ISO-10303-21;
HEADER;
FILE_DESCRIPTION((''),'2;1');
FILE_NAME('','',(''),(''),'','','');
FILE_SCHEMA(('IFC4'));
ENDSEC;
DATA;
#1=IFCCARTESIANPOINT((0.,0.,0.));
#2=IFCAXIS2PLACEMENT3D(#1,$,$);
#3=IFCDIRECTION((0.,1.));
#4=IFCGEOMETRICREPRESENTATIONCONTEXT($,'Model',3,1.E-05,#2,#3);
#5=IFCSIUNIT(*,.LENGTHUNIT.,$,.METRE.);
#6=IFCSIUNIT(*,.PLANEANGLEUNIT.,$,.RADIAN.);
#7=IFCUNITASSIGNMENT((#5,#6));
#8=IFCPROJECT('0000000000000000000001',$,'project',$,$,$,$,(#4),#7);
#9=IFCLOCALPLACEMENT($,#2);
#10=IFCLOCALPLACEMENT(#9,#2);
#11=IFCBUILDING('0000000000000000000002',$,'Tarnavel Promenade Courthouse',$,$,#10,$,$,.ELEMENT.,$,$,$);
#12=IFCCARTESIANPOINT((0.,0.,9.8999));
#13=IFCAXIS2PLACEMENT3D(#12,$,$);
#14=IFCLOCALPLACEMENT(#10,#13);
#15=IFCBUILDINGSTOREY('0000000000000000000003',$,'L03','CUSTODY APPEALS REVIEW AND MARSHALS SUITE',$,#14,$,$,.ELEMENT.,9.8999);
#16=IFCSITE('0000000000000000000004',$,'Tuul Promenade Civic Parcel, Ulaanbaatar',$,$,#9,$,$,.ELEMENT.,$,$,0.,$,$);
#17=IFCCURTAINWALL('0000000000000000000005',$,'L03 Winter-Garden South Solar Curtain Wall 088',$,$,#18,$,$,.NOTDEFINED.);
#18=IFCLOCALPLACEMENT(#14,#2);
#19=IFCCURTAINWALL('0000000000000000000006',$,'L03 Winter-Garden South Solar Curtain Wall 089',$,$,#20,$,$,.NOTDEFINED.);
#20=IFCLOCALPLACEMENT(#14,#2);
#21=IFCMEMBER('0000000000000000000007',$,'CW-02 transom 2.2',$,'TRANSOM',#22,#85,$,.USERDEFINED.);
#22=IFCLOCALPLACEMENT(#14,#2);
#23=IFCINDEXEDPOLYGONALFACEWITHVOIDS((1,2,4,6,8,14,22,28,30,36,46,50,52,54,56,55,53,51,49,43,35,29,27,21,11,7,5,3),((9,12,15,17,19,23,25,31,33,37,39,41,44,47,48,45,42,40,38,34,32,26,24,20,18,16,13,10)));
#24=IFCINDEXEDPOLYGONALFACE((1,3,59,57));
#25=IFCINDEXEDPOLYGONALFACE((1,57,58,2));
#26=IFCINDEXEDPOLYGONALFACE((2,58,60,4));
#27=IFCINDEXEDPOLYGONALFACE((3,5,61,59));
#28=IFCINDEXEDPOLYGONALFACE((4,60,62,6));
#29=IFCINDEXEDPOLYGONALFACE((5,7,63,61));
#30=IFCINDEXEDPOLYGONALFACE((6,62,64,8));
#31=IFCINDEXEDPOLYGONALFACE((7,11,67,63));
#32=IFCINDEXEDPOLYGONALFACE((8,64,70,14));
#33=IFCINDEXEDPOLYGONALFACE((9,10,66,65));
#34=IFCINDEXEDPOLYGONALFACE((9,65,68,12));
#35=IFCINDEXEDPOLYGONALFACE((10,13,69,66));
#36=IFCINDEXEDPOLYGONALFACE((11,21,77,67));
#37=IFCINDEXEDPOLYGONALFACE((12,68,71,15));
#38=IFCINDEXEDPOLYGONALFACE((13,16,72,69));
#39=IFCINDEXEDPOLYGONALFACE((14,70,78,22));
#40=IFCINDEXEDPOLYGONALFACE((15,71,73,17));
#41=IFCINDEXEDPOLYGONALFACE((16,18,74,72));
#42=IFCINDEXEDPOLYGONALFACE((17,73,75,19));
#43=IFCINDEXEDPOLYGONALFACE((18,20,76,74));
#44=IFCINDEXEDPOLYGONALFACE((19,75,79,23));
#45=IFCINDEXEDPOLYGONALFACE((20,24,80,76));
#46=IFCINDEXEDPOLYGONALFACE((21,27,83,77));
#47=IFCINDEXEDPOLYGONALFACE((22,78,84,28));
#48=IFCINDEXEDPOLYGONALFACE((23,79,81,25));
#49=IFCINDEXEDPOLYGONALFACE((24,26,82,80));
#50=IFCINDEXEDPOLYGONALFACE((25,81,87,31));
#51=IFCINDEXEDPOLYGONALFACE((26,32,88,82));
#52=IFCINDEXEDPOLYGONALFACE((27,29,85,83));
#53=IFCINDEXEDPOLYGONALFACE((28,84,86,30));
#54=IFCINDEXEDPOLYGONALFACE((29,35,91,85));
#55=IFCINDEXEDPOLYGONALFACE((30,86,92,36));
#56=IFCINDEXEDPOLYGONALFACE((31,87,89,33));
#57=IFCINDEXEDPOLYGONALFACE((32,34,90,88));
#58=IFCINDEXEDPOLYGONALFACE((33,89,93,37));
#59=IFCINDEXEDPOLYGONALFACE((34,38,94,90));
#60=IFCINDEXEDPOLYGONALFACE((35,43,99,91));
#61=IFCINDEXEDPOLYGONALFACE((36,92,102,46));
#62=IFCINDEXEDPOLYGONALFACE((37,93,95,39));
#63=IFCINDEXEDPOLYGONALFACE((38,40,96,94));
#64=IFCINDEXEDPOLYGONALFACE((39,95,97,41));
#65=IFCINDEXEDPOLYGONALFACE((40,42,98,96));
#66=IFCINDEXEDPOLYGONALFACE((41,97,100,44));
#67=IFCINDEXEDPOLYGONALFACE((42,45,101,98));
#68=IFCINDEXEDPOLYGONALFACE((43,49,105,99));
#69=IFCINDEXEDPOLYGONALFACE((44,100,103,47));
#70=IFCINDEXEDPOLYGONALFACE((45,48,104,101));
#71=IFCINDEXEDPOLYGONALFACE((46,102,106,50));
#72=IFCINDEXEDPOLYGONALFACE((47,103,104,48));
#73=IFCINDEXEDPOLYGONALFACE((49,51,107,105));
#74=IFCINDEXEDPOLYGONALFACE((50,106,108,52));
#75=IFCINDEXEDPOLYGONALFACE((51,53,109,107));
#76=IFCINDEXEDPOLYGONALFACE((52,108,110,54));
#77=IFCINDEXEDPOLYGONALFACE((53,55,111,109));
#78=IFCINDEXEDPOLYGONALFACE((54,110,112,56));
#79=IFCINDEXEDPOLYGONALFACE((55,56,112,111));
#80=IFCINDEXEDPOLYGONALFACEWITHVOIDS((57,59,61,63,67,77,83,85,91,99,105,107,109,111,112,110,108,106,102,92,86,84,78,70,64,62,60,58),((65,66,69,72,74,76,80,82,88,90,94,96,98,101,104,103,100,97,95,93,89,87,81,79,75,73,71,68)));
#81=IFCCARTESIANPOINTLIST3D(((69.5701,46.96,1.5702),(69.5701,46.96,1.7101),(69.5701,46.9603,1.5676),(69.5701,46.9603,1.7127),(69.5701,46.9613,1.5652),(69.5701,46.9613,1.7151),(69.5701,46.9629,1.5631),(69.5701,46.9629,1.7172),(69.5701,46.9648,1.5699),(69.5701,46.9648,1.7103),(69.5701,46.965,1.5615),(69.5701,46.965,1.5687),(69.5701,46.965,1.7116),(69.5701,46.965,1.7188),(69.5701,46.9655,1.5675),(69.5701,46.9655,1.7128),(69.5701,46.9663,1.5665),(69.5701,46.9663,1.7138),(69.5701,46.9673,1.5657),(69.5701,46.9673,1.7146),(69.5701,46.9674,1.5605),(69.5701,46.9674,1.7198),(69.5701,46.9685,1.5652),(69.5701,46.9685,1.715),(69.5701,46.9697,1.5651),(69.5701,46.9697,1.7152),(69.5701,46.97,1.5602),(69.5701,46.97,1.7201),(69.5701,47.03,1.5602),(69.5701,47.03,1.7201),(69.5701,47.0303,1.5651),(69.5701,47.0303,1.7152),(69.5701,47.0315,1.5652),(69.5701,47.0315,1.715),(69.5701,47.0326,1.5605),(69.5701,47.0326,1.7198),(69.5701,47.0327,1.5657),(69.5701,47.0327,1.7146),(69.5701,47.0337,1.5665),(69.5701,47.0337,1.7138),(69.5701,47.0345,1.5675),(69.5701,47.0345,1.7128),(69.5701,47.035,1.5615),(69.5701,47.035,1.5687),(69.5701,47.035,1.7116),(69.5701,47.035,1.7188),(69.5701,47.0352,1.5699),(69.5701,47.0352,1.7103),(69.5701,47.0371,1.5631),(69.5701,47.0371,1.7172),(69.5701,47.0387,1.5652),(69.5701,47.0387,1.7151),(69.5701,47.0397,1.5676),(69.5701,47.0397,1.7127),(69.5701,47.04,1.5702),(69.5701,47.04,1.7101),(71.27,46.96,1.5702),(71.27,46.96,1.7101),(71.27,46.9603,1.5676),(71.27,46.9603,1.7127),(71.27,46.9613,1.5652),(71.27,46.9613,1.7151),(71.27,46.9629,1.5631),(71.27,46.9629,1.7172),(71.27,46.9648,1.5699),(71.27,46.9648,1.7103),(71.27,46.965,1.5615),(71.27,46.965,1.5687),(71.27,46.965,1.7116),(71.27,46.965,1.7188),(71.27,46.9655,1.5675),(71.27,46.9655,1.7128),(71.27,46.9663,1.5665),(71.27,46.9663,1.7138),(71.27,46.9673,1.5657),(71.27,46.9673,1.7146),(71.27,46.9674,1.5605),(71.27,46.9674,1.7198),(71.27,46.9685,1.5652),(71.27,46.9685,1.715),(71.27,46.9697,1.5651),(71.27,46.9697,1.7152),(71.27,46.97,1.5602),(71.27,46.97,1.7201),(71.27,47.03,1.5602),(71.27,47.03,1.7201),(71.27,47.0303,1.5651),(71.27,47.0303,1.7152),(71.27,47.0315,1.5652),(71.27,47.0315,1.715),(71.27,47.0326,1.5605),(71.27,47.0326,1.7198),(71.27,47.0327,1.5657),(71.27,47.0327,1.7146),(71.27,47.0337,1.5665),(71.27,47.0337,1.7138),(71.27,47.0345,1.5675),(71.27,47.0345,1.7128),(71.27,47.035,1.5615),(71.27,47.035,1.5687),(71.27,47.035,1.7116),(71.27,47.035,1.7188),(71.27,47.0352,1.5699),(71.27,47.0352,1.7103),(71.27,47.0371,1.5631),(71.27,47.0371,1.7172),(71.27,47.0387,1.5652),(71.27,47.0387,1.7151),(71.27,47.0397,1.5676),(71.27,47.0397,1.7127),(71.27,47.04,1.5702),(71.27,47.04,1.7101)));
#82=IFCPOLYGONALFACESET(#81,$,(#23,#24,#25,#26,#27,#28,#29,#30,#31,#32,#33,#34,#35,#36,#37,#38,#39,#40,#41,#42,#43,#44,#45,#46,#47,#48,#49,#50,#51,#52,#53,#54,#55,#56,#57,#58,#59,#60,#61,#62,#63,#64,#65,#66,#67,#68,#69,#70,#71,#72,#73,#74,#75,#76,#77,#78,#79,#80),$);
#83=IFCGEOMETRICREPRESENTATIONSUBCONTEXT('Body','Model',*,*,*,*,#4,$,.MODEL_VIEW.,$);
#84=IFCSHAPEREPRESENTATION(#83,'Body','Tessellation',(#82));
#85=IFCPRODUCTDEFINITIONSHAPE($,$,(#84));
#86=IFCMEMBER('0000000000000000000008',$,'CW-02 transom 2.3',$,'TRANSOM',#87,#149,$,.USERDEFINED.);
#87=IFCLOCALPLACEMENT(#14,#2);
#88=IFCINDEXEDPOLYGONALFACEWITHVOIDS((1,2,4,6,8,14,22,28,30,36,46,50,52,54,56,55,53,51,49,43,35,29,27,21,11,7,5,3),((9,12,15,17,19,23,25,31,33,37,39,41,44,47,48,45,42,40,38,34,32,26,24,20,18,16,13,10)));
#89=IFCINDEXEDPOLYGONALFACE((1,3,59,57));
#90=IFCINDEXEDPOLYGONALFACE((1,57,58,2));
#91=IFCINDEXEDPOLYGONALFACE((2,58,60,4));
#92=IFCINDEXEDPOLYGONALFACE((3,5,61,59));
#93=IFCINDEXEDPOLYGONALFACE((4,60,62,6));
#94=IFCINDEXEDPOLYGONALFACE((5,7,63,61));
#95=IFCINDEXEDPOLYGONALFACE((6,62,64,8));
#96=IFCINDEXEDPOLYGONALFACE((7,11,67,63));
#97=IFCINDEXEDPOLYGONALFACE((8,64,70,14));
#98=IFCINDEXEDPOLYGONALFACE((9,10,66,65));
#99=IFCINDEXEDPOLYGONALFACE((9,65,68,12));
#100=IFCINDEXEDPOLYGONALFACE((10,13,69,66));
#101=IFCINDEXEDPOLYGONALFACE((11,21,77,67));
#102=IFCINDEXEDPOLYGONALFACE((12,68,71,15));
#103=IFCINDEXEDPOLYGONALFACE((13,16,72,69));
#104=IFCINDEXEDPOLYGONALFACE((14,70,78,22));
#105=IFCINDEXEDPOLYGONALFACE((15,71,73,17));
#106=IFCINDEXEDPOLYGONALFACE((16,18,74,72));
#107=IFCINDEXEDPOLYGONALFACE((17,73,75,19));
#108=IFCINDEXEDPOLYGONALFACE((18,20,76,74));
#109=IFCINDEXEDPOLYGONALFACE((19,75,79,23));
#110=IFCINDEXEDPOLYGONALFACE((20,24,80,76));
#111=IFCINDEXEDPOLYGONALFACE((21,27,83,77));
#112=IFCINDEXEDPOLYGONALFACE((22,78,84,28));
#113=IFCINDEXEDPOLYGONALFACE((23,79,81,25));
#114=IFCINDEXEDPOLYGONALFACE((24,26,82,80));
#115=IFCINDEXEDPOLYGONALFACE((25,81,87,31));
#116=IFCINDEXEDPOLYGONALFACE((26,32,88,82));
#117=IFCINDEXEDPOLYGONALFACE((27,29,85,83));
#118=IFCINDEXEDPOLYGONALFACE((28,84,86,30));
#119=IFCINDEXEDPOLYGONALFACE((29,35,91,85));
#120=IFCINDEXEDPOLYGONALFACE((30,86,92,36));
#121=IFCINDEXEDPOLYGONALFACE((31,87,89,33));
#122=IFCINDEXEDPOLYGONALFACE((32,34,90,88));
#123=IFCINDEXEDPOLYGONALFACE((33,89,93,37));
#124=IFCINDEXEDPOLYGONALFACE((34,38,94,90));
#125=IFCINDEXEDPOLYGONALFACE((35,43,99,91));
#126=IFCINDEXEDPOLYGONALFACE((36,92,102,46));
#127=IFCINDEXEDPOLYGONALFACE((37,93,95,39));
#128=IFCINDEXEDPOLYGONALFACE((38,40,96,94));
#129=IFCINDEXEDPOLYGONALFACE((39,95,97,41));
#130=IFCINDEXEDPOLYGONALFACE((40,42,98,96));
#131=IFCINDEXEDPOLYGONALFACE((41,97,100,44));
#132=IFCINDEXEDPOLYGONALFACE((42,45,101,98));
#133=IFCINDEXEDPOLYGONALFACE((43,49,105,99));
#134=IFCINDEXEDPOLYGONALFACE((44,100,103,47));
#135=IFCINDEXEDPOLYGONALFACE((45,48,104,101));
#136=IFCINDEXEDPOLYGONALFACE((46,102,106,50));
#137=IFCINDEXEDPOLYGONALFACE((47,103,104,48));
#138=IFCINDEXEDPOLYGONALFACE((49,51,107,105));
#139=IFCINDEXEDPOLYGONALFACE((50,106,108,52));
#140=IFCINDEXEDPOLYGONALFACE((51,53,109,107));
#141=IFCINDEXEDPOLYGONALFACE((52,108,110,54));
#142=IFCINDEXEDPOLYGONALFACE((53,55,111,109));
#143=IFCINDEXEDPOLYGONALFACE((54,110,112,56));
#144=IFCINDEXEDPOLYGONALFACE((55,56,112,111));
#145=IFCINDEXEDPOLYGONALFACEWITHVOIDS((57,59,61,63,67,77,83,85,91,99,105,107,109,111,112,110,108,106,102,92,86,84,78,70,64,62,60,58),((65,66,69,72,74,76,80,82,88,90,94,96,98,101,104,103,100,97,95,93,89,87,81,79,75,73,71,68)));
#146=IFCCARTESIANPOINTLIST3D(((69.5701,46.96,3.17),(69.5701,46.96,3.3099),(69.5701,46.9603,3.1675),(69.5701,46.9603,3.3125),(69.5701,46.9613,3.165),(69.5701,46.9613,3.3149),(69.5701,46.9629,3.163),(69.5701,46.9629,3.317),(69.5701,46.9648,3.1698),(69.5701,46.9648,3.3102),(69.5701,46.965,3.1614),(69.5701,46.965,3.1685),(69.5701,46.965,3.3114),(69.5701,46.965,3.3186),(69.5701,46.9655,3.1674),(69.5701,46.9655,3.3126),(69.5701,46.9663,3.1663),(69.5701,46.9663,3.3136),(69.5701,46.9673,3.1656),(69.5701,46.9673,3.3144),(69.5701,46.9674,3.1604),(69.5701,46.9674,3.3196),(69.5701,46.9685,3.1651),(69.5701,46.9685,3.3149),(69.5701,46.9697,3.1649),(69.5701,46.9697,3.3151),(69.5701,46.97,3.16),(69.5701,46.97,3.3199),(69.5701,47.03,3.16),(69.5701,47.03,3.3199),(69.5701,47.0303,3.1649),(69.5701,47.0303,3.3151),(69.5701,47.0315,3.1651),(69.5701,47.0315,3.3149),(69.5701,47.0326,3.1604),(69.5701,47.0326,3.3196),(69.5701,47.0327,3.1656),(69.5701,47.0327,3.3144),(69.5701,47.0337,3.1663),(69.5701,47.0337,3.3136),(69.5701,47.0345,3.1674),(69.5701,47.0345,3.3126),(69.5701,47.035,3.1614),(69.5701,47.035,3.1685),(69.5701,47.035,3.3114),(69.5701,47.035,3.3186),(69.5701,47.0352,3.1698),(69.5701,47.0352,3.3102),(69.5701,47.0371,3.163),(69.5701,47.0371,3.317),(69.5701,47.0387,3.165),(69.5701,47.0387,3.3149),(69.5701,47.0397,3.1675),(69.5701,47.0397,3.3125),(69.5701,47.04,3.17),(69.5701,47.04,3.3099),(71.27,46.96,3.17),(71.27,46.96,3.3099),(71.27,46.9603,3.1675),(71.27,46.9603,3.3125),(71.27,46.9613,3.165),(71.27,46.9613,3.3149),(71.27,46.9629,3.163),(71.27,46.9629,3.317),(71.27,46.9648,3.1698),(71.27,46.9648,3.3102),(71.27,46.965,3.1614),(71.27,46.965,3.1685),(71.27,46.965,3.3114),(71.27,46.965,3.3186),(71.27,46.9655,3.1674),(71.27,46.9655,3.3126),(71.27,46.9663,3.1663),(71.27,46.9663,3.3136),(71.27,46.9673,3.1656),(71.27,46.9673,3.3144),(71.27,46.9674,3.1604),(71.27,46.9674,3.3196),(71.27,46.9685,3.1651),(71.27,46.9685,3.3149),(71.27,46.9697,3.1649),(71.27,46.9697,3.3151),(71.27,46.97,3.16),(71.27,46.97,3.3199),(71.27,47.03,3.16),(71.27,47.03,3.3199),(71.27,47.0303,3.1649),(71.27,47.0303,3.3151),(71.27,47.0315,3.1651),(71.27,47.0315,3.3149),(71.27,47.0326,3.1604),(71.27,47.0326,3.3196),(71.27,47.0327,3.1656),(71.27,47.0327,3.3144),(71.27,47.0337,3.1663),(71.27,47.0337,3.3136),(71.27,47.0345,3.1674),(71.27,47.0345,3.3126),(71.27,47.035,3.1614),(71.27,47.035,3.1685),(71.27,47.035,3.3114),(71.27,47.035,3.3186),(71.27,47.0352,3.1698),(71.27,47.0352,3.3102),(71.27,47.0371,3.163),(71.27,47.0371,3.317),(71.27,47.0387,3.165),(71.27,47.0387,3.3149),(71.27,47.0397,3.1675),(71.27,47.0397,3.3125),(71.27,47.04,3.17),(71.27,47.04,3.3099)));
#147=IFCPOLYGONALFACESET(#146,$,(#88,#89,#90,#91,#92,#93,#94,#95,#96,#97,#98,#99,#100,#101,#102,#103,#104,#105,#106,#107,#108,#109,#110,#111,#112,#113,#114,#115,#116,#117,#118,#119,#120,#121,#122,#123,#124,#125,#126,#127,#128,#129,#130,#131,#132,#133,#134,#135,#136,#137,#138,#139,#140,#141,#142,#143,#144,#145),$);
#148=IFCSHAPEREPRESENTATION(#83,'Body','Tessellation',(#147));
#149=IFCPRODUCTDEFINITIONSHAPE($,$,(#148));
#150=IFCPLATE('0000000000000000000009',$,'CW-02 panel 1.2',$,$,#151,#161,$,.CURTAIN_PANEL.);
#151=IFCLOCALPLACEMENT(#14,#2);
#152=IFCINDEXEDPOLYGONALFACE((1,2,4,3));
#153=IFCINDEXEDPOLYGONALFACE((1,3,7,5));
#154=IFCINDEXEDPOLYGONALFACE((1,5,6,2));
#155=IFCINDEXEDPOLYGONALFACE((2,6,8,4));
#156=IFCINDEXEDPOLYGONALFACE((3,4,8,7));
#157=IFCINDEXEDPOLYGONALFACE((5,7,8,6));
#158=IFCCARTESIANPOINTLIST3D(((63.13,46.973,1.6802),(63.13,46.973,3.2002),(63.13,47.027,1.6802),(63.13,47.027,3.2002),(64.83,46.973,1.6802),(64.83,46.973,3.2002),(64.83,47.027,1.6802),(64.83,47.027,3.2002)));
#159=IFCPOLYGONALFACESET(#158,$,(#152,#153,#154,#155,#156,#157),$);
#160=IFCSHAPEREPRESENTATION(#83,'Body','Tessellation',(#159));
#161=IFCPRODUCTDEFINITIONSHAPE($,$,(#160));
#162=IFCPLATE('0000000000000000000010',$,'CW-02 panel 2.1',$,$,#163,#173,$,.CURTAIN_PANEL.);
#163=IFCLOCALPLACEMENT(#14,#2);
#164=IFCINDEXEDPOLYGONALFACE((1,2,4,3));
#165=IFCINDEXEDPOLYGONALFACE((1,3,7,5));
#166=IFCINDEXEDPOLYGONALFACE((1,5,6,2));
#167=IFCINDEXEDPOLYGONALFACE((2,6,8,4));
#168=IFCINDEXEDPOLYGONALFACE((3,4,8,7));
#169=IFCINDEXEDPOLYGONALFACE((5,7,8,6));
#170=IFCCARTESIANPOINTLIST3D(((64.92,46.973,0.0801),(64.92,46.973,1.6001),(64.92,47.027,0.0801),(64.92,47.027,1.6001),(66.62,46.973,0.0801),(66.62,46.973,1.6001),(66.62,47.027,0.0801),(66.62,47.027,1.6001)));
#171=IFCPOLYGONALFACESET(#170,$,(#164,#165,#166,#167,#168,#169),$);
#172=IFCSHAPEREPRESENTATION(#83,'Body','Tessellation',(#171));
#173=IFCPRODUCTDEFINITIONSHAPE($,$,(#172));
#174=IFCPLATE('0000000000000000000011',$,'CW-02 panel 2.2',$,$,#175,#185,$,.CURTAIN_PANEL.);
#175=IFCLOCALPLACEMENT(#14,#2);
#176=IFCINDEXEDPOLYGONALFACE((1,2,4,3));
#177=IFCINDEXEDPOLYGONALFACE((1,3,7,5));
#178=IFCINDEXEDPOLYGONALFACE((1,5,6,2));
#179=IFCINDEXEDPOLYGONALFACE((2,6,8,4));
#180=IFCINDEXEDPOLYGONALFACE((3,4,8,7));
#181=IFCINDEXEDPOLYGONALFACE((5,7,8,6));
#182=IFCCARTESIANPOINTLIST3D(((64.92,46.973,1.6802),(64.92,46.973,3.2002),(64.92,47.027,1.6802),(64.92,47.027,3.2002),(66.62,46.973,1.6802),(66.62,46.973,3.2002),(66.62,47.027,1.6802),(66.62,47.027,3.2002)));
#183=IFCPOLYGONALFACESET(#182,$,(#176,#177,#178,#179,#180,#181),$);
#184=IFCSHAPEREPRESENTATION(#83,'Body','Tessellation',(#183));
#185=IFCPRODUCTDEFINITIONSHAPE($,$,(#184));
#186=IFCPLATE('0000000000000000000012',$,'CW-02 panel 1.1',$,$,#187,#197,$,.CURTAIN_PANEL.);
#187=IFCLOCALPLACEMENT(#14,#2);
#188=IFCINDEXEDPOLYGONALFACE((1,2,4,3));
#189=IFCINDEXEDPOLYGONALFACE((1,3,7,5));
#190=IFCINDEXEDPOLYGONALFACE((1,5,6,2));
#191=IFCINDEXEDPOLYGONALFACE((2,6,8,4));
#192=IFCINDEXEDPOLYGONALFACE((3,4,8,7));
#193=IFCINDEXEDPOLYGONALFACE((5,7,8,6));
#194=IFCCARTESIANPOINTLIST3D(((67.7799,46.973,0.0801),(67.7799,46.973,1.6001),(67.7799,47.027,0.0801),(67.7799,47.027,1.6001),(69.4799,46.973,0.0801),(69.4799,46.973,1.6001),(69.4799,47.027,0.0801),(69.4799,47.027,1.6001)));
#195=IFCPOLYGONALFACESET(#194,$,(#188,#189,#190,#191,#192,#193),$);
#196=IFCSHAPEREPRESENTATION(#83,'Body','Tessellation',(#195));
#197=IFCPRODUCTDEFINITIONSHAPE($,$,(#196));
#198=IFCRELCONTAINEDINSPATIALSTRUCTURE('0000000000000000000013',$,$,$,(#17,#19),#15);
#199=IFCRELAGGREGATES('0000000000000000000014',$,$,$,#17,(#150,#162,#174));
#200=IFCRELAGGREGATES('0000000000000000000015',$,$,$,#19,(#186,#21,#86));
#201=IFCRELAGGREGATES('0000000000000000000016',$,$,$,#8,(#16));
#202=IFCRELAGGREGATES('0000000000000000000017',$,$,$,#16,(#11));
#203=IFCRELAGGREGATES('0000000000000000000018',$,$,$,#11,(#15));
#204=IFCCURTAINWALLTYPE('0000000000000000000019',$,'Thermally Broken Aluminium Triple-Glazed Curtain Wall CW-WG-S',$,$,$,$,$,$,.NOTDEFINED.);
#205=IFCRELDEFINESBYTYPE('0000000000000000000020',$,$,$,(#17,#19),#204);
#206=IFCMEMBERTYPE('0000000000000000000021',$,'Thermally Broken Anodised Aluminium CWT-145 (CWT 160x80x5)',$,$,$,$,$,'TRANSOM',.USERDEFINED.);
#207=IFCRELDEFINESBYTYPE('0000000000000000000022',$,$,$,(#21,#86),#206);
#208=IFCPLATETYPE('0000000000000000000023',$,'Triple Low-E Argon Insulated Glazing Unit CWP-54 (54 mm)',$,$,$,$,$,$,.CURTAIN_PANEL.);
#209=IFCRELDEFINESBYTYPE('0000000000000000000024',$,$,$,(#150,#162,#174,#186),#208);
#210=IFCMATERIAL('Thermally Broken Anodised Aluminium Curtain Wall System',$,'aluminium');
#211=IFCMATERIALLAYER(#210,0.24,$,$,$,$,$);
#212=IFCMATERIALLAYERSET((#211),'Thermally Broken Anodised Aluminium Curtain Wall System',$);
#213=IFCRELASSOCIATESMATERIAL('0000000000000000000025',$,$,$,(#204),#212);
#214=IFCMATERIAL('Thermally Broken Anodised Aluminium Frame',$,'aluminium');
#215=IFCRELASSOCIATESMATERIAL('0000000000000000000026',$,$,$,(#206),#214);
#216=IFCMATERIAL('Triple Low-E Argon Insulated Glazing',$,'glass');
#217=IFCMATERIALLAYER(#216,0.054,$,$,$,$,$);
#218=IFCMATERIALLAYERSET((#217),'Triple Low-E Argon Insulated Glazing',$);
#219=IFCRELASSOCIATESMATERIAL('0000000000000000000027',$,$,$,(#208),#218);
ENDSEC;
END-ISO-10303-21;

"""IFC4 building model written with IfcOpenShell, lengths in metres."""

from ifc_helpers import new_model, si_unit, direction, frame, origin, origin_2d, place, context, subcontext, project, spatial, rectangle, hollow_rectangle, extrude, material, layer, layer_set, material_profile, profile_set, type_object, element, aggregate, save


model = new_model("IFC4")

# Units and contexts
model_context = context("Model", 3, precision=1e-05, world=origin(), true_north=direction((0.0, 1.0)))
body_context = subcontext(model_context, "Body", "Model", "MODEL_VIEW")
ifc_project = project(units=[si_unit("LENGTHUNIT", "METRE"), si_unit("PLANEANGLEUNIT", "RADIAN")], contexts=[model_context])

# Site, building, storey
site_placement = place(None, origin())
site = spatial("IfcSite", under=ifc_project, at=site_placement, Name="Tuul Promenade Civic Parcel, Ulaanbaatar", CompositionType="ELEMENT", RefElevation=0.0)
building_placement = place(site_placement, origin())
building = spatial("IfcBuilding", under=site, at=building_placement, Name="Tarnavel Promenade Courthouse", CompositionType="ELEMENT")
storey_placement = place(building_placement, frame((0.0, 0.0, 9.8999)))
storey = spatial("IfcBuildingStorey", under=building, at=storey_placement, Name="L03", Description="CUSTODY APPEALS REVIEW AND MARSHALS SUITE", CompositionType="ELEMENT", Elevation=9.8999)

# Curtain walls
ifc_material_1 = material(Name="Thermally Broken Anodised Aluminium Curtain Wall System", Category="aluminium")
ifc_layer_1 = layer(ifc_material_1, 0.24)
ifc_layer_set_1 = layer_set([ifc_layer_1], Name="Thermally Broken Anodised Aluminium Curtain Wall System")
curtain_wall_type = type_object("IfcCurtainWallType", Name="Thermally Broken Aluminium Triple-Glazed Curtain Wall CW-WG-S", PredefinedType="NOTDEFINED", material=ifc_layer_set_1)
curtain_wall_1_placement = place(storey_placement, origin())
curtain_wall_1 = element("IfcCurtainWall", 1, at=curtain_wall_1_placement, inside=storey, type_object=curtain_wall_type, Name="L03 Winter-Garden South Solar Curtain Wall 088", PredefinedType="NOTDEFINED")
ifc_material_2 = material(Name="Thermally Broken Anodised Aluminium Frame", Category="aluminium")
curtain_wall_2_placement = place(storey_placement, origin())
curtain_wall_2 = element("IfcCurtainWall", 2, at=curtain_wall_2_placement, inside=storey, type_object=curtain_wall_type, Name="L03 Winter-Garden South Solar Curtain Wall 089", PredefinedType="NOTDEFINED")

# Members
ifc_material_profile_1 = material_profile(ifc_material_2, hollow_rectangle(XDim=0.0801, YDim=0.1599, WallThickness=0.0049, InnerFilletRadius=0.0049, OuterFilletRadius=0.01, at=origin_2d()), Name="CWT 160x80x5")
ifc_profile_set_1 = profile_set([ifc_material_profile_1], Name="Thermally Broken Anodised Aluminium Frame")
member_type_1 = type_object("IfcMemberType", Name="Thermally Broken Anodised Aluminium CWT-145 (CWT 160x80x5)", ElementType="TRANSOM", PredefinedType="USERDEFINED", material=ifc_profile_set_1)
member_1_placement = place(storey_placement, frame((69.5701, 47.0, 1.6401), z_axis=(1.0, 0.0, 0.0), x_axis=(0.0, 1.0, 0.0)))
member_1 = element("IfcMember", 3, at=member_1_placement, type_object=member_type_1, Name="CW-02 transom 2.2", ObjectType="TRANSOM", PredefinedType="USERDEFINED", context=body_context, shape_type="SweptSolid", body=[
    extrude(hollow_rectangle(XDim=0.0801, YDim=0.1599, WallThickness=0.0049, InnerFilletRadius=0.0049, OuterFilletRadius=0.01, at=origin_2d()), origin(), (0.0, 0.0, 1.0), 1.7),
])
member_2_placement = place(storey_placement, frame((69.5701, 47.0, 3.24), z_axis=(1.0, 0.0, 0.0), x_axis=(0.0, 1.0, 0.0)))
member_2 = element("IfcMember", 4, at=member_2_placement, type_object=member_type_1, Name="CW-02 transom 2.3", ObjectType="TRANSOM", PredefinedType="USERDEFINED", context=body_context, shape_type="SweptSolid", body=[
    extrude(hollow_rectangle(XDim=0.0801, YDim=0.1599, WallThickness=0.0049, InnerFilletRadius=0.0049, OuterFilletRadius=0.01, at=origin_2d()), origin(), (0.0, 0.0, 1.0), 1.7),
])

# Plates
ifc_material_3 = material(Name="Triple Low-E Argon Insulated Glazing", Category="glass")
ifc_layer_2 = layer(ifc_material_3, 0.054)
ifc_layer_set_2 = layer_set([ifc_layer_2], Name="Triple Low-E Argon Insulated Glazing")
plate_type = type_object("IfcPlateType", Name="Triple Low-E Argon Insulated Glazing Unit CWP-54 (54 mm)", PredefinedType="CURTAIN_PANEL", material=ifc_layer_set_2)
plate_1_placement = place(storey_placement, frame((63.98, 47.0, 1.6802), z_axis=(0.0, 0.0, 1.0), x_axis=(1.0, 0.0, 0.0)))
plate_1 = element("IfcPlate", 5, at=plate_1_placement, type_object=plate_type, Name="CW-02 panel 1.2", PredefinedType="CURTAIN_PANEL", context=body_context, shape_type="SweptSolid", body=[
    extrude(rectangle(XDim=1.7, YDim=0.054, at=origin_2d()), origin(), (0.0, 0.0, 1.0), 1.52),
])
plate_2_placement = place(storey_placement, frame((65.77, 47.0, 0.0801), z_axis=(0.0, 0.0, 1.0), x_axis=(1.0, 0.0, 0.0)))
plate_2 = element("IfcPlate", 6, at=plate_2_placement, type_object=plate_type, Name="CW-02 panel 2.1", PredefinedType="CURTAIN_PANEL", context=body_context, shape_type="SweptSolid", body=[
    extrude(rectangle(XDim=1.7, YDim=0.054, at=origin_2d()), origin(), (0.0, 0.0, 1.0), 1.52),
])
plate_3_placement = place(storey_placement, frame((65.77, 47.0, 1.6802), z_axis=(0.0, 0.0, 1.0), x_axis=(1.0, 0.0, 0.0)))
plate_3 = element("IfcPlate", 7, at=plate_3_placement, type_object=plate_type, Name="CW-02 panel 2.2", PredefinedType="CURTAIN_PANEL", context=body_context, shape_type="SweptSolid", body=[
    extrude(rectangle(XDim=1.7, YDim=0.054, at=origin_2d()), origin(), (0.0, 0.0, 1.0), 1.52),
])
aggregate(curtain_wall_1, [plate_1, plate_2, plate_3])
plate_4_placement = place(storey_placement, frame((68.6299, 47.0, 0.0801), z_axis=(0.0, 0.0, 1.0), x_axis=(1.0, 0.0, 0.0)))
plate_4 = element("IfcPlate", 8, at=plate_4_placement, type_object=plate_type, Name="CW-02 panel 1.1", PredefinedType="CURTAIN_PANEL", context=body_context, shape_type="SweptSolid", body=[
    extrude(rectangle(XDim=1.7, YDim=0.054, at=origin_2d()), origin(), (0.0, 0.0, 1.0), 1.52),
])
aggregate(curtain_wall_2, [plate_4, member_1, member_2])

save(model, "model.ifc")
